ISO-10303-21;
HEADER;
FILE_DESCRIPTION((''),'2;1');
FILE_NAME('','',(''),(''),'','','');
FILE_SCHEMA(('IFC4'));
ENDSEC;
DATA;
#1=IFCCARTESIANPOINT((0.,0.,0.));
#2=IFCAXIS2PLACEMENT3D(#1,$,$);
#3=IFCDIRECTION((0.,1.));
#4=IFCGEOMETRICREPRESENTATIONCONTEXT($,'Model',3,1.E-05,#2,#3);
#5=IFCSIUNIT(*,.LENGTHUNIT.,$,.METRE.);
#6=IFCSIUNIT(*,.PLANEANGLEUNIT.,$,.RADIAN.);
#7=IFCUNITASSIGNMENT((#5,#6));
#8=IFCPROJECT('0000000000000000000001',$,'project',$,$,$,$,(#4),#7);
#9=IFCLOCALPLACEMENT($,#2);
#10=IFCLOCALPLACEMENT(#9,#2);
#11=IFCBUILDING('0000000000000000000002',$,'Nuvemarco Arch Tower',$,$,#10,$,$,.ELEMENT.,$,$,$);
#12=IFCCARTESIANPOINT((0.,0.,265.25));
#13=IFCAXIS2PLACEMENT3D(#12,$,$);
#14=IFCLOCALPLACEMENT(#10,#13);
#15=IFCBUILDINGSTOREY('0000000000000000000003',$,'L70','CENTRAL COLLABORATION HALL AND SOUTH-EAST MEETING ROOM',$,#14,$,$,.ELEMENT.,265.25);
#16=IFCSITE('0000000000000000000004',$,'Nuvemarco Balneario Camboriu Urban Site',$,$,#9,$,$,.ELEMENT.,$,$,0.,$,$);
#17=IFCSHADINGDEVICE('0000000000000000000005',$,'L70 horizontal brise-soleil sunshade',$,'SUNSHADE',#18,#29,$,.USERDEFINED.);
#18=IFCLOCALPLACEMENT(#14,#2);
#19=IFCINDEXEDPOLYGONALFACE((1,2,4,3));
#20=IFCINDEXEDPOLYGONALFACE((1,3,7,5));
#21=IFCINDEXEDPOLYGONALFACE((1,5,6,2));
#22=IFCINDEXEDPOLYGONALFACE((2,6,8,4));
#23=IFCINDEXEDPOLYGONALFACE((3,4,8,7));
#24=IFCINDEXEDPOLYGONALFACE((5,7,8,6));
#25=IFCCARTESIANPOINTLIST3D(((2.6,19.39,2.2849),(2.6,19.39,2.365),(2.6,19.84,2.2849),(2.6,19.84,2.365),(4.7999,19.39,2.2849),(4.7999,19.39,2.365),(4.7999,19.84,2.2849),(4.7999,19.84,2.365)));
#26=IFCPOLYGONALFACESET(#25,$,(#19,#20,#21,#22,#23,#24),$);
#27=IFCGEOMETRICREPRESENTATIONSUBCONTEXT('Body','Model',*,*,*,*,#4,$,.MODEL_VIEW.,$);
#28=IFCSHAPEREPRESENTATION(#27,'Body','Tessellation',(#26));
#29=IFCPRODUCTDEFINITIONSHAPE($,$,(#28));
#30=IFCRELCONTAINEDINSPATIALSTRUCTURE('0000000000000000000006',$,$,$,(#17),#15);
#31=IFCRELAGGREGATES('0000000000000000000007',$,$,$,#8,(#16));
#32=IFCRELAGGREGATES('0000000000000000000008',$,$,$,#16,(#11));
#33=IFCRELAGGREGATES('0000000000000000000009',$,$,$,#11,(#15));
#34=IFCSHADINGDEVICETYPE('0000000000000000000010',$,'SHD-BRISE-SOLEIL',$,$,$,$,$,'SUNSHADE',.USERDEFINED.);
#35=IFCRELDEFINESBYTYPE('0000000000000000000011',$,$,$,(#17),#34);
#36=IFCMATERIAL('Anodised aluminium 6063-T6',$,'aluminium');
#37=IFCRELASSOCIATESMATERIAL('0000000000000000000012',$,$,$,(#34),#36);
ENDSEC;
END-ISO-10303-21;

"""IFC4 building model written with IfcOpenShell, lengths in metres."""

from ifc_helpers import new_model, si_unit, direction, frame, origin, origin_2d, place, context, subcontext, project, spatial, rectangle, extrude, source, transform, mapped, material, type_object, type_shapes, element, save


model = new_model("IFC4")

# Units and contexts
model_context = context("Model", 3, precision=1e-05, world=origin(), true_north=direction((0.0, 1.0)))
body_context = subcontext(model_context, "Body", "Model", "MODEL_VIEW")
ifc_project = project(units=[si_unit("LENGTHUNIT", "METRE"), si_unit("PLANEANGLEUNIT", "RADIAN")], contexts=[model_context])

# Site, building, storey
site_placement = place(None, origin())
site = spatial("IfcSite", under=ifc_project, at=site_placement, Name="Nuvemarco Balneario Camboriu Urban Site", CompositionType="ELEMENT", RefElevation=0.0)
building_placement = place(site_placement, origin())
building = spatial("IfcBuilding", under=site, at=building_placement, Name="Nuvemarco Arch Tower", CompositionType="ELEMENT")
storey_placement = place(building_placement, frame((0.0, 0.0, 265.25)))
storey = spatial("IfcBuildingStorey", under=building, at=storey_placement, Name="L70", Description="CENTRAL COLLABORATION HALL AND SOUTH-EAST MEETING ROOM", CompositionType="ELEMENT", Elevation=265.25)

# Shading device
ifc_material_1 = material(Name="Anodised aluminium 6063-T6", Category="aluminium")
shading_device_type = type_object("IfcShadingDeviceType", Name="SHD-BRISE-SOLEIL", ElementType="SUNSHADE", PredefinedType="USERDEFINED", material=ifc_material_1)
shared_shape_1 = source(origin(), body_context, "Body", "SweptSolid", [
    extrude(rectangle(XDim=2.2, YDim=0.45, at=origin_2d()), origin(), (0.0, 0.0, 1.0), 0.0801),
])
type_shapes(shading_device_type, [shared_shape_1])
for number, where, z_axis, x_axis, name in (
    (1, (3.7, 19.615, 2.2849), (0.0, 0.0, 1.0), (1.0, 0.0, 0.0), "L70 horizontal brise-soleil sunshade"),
):
    element("IfcShadingDevice", number, at=place(storey_placement, frame(where, z_axis=z_axis, x_axis=x_axis)), inside=storey, type_object=shading_device_type, Name=name, ObjectType="SUNSHADE", PredefinedType="USERDEFINED", context=body_context, shape_type="MappedRepresentation", body=[
        mapped(shared_shape_1, transform((0.0, 0.0, 0.0), scale=1.0)),
    ])

save(model, "model.ifc")
